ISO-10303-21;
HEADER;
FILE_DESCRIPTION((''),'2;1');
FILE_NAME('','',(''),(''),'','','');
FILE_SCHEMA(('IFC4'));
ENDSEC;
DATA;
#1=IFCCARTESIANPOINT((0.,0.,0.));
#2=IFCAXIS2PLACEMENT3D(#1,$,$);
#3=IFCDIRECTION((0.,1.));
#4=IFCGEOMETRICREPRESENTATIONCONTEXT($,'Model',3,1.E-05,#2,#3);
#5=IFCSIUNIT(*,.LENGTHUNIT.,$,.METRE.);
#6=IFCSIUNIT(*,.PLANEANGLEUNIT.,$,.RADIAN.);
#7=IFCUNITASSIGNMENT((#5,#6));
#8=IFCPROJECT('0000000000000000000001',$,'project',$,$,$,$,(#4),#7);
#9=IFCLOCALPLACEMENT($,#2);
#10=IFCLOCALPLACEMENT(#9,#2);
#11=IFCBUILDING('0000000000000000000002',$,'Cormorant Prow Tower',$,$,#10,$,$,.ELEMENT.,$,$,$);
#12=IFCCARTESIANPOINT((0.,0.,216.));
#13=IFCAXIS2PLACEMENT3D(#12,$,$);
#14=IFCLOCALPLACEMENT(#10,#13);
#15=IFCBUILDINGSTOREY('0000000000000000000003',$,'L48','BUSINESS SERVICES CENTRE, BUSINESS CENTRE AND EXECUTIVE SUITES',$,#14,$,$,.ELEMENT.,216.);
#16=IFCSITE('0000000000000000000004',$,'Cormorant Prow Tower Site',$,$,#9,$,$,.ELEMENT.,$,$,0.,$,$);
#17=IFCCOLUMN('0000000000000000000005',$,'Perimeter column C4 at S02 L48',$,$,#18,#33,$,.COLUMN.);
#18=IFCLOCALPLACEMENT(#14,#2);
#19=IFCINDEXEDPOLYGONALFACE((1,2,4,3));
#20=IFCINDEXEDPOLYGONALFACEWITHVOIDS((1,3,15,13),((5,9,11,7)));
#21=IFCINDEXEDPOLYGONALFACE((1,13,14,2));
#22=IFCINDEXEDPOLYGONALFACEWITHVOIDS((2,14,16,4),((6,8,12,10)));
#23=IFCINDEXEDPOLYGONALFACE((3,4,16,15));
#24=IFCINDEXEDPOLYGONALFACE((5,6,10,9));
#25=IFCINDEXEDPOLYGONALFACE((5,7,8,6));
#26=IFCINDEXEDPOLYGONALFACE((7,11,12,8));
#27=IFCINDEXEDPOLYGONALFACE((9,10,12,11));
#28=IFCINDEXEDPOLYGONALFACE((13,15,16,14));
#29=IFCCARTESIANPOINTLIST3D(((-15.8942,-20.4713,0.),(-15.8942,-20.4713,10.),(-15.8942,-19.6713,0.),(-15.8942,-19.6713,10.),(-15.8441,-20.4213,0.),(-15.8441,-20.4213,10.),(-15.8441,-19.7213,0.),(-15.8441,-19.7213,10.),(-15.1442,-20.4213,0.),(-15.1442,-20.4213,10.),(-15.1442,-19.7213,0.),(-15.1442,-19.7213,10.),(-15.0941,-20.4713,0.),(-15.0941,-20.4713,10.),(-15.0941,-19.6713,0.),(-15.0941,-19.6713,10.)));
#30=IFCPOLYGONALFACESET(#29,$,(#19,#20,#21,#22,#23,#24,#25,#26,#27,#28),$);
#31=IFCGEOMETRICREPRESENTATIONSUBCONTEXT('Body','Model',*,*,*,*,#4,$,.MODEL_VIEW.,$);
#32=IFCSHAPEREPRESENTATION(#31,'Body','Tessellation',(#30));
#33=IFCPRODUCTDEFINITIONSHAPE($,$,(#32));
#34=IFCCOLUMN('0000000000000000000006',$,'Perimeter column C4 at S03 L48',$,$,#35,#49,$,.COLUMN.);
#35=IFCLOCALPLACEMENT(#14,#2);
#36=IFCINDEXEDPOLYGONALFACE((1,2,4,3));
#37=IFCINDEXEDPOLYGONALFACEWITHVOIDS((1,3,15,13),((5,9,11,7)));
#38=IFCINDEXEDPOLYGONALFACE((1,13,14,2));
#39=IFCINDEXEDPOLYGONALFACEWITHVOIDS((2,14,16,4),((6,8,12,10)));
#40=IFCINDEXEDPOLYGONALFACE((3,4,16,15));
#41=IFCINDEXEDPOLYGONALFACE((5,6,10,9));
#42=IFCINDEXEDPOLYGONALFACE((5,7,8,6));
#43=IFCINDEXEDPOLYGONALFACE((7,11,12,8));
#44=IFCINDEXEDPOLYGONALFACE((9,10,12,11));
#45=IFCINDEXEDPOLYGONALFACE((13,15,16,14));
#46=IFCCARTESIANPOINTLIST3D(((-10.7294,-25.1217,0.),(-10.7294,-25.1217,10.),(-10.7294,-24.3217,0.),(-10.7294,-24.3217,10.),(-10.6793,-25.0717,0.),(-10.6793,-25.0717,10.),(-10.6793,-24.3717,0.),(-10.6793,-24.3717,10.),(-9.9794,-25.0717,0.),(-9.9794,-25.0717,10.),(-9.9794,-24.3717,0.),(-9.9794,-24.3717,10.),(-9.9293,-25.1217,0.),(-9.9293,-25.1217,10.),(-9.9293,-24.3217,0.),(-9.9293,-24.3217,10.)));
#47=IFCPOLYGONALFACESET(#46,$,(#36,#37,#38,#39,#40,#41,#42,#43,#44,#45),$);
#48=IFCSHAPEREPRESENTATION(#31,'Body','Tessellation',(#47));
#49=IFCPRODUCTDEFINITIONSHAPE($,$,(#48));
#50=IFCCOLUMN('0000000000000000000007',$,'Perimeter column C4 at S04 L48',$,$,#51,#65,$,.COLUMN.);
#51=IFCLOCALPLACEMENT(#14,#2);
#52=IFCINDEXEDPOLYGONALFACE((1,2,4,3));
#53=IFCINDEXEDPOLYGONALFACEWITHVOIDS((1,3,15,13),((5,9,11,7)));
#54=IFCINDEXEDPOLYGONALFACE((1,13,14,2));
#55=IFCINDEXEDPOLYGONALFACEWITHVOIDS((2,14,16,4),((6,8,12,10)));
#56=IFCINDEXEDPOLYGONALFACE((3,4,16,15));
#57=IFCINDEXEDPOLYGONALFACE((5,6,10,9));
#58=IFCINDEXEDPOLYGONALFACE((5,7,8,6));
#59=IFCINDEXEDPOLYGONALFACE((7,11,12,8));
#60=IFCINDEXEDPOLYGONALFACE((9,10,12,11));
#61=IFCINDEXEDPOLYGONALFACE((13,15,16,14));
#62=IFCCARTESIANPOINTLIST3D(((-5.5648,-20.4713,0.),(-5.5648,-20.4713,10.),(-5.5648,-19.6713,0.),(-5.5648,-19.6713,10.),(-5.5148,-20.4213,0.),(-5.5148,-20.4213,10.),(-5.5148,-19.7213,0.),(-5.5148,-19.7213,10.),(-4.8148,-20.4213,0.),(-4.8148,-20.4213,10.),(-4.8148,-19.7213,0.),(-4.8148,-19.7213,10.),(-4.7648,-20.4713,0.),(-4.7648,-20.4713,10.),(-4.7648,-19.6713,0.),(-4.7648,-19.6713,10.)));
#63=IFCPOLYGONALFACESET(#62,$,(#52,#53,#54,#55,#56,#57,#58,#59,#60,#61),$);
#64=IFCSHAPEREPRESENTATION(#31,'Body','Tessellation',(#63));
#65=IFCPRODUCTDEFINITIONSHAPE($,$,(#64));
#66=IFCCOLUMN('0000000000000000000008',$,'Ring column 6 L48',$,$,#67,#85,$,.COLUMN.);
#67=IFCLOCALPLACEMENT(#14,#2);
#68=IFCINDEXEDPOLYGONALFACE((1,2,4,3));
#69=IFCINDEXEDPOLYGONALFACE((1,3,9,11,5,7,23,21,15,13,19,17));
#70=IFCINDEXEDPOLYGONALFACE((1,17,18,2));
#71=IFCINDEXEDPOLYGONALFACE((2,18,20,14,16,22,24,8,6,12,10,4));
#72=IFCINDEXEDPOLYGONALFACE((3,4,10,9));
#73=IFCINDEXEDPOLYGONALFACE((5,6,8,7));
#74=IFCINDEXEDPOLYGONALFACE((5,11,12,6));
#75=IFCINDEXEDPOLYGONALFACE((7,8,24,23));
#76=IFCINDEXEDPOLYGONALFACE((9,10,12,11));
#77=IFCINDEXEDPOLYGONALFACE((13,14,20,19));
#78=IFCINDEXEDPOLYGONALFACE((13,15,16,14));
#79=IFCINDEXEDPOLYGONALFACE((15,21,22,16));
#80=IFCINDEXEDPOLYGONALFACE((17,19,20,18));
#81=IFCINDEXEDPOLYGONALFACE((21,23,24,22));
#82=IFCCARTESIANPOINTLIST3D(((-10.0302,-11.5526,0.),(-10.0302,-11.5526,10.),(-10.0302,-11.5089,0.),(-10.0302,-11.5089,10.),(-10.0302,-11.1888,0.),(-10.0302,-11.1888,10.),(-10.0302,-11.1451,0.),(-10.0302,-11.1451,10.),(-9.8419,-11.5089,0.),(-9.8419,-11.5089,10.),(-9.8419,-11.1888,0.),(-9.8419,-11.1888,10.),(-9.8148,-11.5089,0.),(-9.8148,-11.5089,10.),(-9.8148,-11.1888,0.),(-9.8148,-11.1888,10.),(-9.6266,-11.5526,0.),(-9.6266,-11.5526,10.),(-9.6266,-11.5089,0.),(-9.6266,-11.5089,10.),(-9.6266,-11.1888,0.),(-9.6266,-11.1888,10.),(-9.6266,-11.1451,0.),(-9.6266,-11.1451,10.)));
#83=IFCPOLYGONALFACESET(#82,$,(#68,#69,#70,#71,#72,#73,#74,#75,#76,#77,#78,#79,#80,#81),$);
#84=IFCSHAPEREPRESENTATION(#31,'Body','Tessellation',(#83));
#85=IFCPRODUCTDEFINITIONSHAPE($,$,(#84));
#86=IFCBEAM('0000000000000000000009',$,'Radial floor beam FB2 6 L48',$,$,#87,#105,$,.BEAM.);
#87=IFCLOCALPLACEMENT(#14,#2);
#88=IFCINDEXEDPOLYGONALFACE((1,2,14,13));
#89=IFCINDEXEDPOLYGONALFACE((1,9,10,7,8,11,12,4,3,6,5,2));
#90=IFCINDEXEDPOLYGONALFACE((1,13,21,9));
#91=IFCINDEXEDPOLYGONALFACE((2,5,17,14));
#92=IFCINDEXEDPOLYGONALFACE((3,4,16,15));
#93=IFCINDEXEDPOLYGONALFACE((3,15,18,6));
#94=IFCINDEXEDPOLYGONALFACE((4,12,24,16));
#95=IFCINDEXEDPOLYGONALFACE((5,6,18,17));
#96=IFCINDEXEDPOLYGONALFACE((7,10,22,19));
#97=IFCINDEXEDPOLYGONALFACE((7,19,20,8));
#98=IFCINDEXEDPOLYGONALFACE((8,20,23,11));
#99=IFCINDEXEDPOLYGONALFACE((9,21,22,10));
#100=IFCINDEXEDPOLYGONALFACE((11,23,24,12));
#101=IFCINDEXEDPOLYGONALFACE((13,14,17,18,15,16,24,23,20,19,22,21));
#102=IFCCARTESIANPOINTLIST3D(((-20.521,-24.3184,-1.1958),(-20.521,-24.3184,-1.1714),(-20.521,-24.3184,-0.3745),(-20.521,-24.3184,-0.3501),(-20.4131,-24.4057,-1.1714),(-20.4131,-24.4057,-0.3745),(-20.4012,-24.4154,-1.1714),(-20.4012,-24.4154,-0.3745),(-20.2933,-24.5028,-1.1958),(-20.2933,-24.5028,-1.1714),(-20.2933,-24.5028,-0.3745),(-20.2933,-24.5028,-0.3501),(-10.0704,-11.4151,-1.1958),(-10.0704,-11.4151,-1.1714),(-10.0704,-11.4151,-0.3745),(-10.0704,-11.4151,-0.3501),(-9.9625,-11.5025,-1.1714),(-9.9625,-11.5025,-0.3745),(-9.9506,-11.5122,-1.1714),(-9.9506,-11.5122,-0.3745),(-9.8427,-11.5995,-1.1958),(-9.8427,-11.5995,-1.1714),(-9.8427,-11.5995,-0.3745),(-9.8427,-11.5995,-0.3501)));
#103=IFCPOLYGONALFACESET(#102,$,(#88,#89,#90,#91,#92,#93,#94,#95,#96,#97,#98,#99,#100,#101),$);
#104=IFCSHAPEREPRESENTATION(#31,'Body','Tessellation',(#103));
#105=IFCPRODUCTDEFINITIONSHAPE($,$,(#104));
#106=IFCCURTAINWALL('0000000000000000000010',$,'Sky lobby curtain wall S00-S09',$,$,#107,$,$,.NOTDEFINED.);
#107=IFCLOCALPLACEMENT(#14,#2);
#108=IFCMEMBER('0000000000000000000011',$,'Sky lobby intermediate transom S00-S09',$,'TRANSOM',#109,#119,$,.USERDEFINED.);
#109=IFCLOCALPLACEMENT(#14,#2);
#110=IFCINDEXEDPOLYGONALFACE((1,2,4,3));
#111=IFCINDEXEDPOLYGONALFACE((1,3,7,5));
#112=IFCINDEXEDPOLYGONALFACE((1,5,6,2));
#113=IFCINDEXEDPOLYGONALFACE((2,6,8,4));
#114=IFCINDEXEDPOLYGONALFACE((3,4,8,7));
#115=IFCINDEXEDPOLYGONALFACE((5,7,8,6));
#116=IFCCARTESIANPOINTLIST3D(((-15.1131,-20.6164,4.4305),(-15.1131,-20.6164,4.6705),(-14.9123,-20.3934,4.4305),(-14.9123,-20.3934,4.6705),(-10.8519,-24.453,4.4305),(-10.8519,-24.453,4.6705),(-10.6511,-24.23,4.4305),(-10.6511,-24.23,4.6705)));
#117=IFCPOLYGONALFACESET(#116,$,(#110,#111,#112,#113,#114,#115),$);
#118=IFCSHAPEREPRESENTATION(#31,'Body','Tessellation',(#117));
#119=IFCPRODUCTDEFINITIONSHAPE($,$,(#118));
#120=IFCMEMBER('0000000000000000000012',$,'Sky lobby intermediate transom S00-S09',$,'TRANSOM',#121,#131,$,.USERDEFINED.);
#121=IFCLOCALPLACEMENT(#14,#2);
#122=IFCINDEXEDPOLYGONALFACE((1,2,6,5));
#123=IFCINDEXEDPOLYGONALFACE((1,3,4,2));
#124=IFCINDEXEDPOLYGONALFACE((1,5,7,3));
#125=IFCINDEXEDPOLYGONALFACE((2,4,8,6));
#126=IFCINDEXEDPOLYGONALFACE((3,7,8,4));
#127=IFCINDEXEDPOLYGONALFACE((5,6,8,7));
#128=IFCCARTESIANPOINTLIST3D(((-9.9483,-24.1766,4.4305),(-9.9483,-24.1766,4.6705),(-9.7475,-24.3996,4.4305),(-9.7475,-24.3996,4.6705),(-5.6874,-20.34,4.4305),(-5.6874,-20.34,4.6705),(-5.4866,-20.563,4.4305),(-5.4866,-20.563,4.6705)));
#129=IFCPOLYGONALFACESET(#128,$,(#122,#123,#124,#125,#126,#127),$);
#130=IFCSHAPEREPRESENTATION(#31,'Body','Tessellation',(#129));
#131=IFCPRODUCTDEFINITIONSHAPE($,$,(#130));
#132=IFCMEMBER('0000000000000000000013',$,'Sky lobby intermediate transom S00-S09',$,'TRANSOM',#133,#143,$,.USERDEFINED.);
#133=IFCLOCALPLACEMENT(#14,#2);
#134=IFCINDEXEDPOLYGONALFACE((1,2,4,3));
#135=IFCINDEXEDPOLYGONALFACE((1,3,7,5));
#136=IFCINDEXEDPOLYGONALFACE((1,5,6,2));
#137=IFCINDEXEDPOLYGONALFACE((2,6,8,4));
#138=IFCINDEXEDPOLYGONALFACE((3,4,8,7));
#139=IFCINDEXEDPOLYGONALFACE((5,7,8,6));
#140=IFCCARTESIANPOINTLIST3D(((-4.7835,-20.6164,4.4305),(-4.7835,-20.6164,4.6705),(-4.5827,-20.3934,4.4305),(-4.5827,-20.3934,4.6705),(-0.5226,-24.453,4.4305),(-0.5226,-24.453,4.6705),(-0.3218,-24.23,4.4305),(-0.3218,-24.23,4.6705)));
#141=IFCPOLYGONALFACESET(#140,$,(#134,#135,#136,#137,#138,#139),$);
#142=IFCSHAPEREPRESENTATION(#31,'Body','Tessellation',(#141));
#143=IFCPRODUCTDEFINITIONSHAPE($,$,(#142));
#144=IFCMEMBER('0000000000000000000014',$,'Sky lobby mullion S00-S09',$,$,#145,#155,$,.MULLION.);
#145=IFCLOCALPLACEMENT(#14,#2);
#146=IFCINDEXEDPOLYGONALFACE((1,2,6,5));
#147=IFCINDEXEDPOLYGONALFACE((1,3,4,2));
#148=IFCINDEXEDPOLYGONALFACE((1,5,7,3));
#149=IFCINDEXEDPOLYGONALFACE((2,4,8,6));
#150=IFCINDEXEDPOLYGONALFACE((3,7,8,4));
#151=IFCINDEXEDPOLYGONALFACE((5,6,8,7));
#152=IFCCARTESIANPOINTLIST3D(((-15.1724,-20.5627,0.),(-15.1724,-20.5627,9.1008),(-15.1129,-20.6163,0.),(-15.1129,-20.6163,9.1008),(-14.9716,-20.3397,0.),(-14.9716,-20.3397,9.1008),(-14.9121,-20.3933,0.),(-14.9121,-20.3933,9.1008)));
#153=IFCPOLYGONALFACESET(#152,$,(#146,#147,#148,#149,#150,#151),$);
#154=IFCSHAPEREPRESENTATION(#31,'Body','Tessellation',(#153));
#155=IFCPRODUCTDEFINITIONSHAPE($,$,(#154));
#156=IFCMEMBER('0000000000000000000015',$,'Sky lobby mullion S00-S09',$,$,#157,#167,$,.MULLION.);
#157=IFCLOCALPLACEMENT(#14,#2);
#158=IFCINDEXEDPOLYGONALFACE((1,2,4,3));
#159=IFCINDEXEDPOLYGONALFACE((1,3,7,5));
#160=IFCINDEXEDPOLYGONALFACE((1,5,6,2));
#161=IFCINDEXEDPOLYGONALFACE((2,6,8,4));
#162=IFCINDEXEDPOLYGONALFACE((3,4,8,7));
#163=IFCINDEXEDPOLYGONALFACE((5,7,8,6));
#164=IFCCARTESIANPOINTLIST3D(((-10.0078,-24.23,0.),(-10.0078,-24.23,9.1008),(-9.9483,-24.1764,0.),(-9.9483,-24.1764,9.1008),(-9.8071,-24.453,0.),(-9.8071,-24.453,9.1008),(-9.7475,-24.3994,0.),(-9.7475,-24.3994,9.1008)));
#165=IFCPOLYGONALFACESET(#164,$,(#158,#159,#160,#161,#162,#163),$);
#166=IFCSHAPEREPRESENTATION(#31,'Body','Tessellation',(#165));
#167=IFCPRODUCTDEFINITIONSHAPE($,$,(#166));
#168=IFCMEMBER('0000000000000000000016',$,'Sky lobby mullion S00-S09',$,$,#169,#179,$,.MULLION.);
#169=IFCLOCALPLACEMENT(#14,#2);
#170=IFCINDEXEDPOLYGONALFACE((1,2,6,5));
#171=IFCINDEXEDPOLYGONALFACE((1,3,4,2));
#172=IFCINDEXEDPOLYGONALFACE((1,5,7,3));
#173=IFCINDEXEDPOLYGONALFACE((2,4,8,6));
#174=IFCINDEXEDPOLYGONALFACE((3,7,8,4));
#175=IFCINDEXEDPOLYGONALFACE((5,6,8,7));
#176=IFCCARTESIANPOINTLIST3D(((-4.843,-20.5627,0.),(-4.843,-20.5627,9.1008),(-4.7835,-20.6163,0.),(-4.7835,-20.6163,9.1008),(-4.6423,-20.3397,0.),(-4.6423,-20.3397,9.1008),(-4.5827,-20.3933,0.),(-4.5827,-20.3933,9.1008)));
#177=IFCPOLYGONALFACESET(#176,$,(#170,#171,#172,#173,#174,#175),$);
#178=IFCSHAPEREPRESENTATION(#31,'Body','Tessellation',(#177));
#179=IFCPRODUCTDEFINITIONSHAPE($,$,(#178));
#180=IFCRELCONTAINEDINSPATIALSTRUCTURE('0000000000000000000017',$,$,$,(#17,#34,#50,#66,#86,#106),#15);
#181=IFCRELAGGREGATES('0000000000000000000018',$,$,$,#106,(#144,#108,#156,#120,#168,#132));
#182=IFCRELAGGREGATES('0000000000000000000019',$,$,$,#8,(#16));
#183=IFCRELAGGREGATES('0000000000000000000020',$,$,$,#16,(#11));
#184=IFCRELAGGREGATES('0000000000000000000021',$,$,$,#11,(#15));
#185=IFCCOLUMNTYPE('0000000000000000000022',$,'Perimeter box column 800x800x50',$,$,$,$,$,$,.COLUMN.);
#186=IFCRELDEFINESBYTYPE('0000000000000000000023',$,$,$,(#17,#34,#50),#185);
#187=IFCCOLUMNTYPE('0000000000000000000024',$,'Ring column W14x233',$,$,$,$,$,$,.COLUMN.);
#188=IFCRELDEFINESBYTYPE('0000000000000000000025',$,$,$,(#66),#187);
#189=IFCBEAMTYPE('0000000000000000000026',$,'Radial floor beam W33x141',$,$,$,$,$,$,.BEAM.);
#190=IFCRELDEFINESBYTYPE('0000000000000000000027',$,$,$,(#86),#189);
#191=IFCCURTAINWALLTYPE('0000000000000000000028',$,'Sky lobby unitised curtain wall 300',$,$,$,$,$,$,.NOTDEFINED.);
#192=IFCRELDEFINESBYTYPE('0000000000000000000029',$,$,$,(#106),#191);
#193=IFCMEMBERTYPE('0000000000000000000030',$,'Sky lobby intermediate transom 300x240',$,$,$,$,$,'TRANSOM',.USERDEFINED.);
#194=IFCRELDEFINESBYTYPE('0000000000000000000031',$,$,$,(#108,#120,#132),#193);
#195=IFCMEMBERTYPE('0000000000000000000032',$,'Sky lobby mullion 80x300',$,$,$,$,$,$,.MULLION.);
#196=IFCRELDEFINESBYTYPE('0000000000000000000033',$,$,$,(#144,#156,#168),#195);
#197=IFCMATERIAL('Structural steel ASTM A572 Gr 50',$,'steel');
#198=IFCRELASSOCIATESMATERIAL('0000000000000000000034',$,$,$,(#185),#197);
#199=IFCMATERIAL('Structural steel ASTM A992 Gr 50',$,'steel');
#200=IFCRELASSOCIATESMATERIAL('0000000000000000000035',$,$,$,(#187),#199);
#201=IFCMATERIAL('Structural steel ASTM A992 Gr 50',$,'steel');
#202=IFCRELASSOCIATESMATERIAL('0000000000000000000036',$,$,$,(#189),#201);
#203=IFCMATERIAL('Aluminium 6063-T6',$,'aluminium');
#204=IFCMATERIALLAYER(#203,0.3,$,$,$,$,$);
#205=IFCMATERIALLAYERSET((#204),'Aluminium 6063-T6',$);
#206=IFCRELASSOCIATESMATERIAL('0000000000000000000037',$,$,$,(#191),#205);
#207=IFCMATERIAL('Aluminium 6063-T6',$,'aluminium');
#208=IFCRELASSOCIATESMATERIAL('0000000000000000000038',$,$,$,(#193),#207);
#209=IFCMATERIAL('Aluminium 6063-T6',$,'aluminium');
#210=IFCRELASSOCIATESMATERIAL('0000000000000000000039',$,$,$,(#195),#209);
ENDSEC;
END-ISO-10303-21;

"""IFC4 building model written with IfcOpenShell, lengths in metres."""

from ifc_helpers import new_model, si_unit, direction, frame, origin, origin_2d, place, context, subcontext, project, spatial, rectangle, hollow_rectangle, i_section, extrude, material, layer, layer_set, material_profile, profile_set, type_object, element, aggregate, save


model = new_model("IFC4")

# Units and contexts
model_context = context("Model", 3, precision=1e-05, world=origin(), true_north=direction((0.0, 1.0)))
body_context = subcontext(model_context, "Body", "Model", "MODEL_VIEW")
ifc_project = project(units=[si_unit("LENGTHUNIT", "METRE"), si_unit("PLANEANGLEUNIT", "RADIAN")], contexts=[model_context])

# Site, building, storey
site_placement = place(None, origin())
site = spatial("IfcSite", under=ifc_project, at=site_placement, Name="Cormorant Prow Tower Site", CompositionType="ELEMENT", RefElevation=0.0)
building_placement = place(site_placement, origin())
building = spatial("IfcBuilding", under=site, at=building_placement, Name="Cormorant Prow Tower", CompositionType="ELEMENT")
storey_placement = place(building_placement, frame((0.0, 0.0, 216.0)))
storey = spatial("IfcBuildingStorey", under=building, at=storey_placement, Name="L48", Description="BUSINESS SERVICES CENTRE, BUSINESS CENTRE AND EXECUTIVE SUITES", CompositionType="ELEMENT", Elevation=216.0)

# Columns
ifc_material_1 = material(Name="Structural steel ASTM A572 Gr 50", Category="steel")
ifc_material_profile_1 = material_profile(ifc_material_1, hollow_rectangle(XDim=0.8, YDim=0.8, WallThickness=0.05, at=origin_2d()), Name="Box 800x800x50")
ifc_profile_set_1 = profile_set([ifc_material_profile_1], Name="Structural steel ASTM A572 Gr 50")
column_type_1 = type_object("IfcColumnType", Name="Perimeter box column 800x800x50", PredefinedType="COLUMN", material=ifc_profile_set_1)
for number, where, z_axis, x_axis, name in (
    (1, (-15.4941, -20.0713, 0.0), (0.0, 0.0, 1.0), (1.0, 0.0, 0.0), "Perimeter column C4 at S02 L48"),
    (2, (-10.3293, -24.7217, 0.0), (0.0, 0.0, 1.0), (1.0, 0.0, 0.0), "Perimeter column C4 at S03 L48"),
    (3, (-5.1648, -20.0713, 0.0), (0.0, 0.0, 1.0), (1.0, 0.0, 0.0), "Perimeter column C4 at S04 L48"),
):
    element("IfcColumn", number, at=place(storey_placement, frame(where, z_axis=z_axis, x_axis=x_axis)), inside=storey, type_object=column_type_1, Name=name, PredefinedType="COLUMN", context=body_context, shape_type="SweptSolid", body=[
        extrude(hollow_rectangle(XDim=0.8, YDim=0.8, WallThickness=0.05, at=origin_2d()), origin(), (0.0, 0.0, 1.0), 10.0),
    ])
ifc_material_2 = material(Name="Structural steel ASTM A992 Gr 50", Category="steel")
ifc_material_profile_2 = material_profile(ifc_material_2, i_section(OverallWidth=0.4036, OverallDepth=0.4075, WebThickness=0.0271, FlangeThickness=0.0437, at=origin_2d()), Name="W14x233")
ifc_profile_set_2 = profile_set([ifc_material_profile_2], Name="Structural steel ASTM A992 Gr 50")
column_type_2 = type_object("IfcColumnType", Name="Ring column W14x233", PredefinedType="COLUMN", material=ifc_profile_set_2)
column_placement = place(storey_placement, frame((-9.8284, -11.3489, 0.0), z_axis=(0.0, 0.0, 1.0), x_axis=(1.0, 0.0, 0.0)))
element("IfcColumn", 4, at=column_placement, inside=storey, type_object=column_type_2, Name="Ring column 6 L48", PredefinedType="COLUMN", context=body_context, shape_type="SweptSolid", body=[
    extrude(i_section(OverallWidth=0.4036, OverallDepth=0.4075, WebThickness=0.0271, FlangeThickness=0.0437, at=origin_2d()), origin(), (0.0, 0.0, 1.0), 10.0),
])

# Beam
ifc_material_3 = material(Name="Structural steel ASTM A992 Gr 50", Category="steel")
ifc_material_profile_3 = material_profile(ifc_material_3, i_section(OverallWidth=0.293, OverallDepth=0.8457, WebThickness=0.0154, FlangeThickness=0.0244, at=origin_2d()), Name="W33x141")
ifc_profile_set_3 = profile_set([ifc_material_profile_3], Name="Structural steel ASTM A992 Gr 50")
beam_type_1 = type_object("IfcBeamType", Name="Radial floor beam W33x141", PredefinedType="BEAM", material=ifc_profile_set_3)
beam_1_placement = place(storey_placement, frame((-9.9565, -11.5073, -0.7729), z_axis=(-0.629385, -0.777094, 0.0), x_axis=(0.777094, -0.629385, 0.0)))
element("IfcBeam", 5, at=beam_1_placement, inside=storey, type_object=beam_type_1, Name="Radial floor beam FB2 6 L48", PredefinedType="BEAM", context=body_context, shape_type="SweptSolid", body=[
    extrude(i_section(OverallWidth=0.293, OverallDepth=0.8457, WebThickness=0.0154, FlangeThickness=0.0244, at=origin_2d()), origin(), (0.0, 0.0, 1.0), 16.6045),
])

# Curtain wall, members
ifc_material_4 = material(Name="Aluminium 6063-T6", Category="aluminium")
ifc_layer_1 = layer(ifc_material_4, 0.3)
ifc_layer_set_1 = layer_set([ifc_layer_1], Name="Aluminium 6063-T6")
curtain_wall_type = type_object("IfcCurtainWallType", Name="Sky lobby unitised curtain wall 300", PredefinedType="NOTDEFINED", material=ifc_layer_set_1)
curtain_wall_placement = place(storey_placement, origin())
curtain_wall = element("IfcCurtainWall", 6, at=curtain_wall_placement, inside=storey, type_object=curtain_wall_type, Name="Sky lobby curtain wall S00-S09", PredefinedType="NOTDEFINED")
ifc_material_5 = material(Name="Aluminium 6063-T6", Category="aluminium")
ifc_material_profile_4 = material_profile(ifc_material_5, rectangle(XDim=0.3, YDim=0.24, at=origin_2d()), Name="Sky lobby intermediate transom 300x240")
ifc_profile_set_4 = profile_set([ifc_material_profile_4], Name="Aluminium 6063-T6")
member_type_1 = type_object("IfcMemberType", Name="Sky lobby intermediate transom 300x240", ElementType="TRANSOM", PredefinedType="USERDEFINED", material=ifc_profile_set_4)
member_1_placement = place(storey_placement, frame((-15.0127, -20.5049, 4.5505), z_axis=(0.743159, -0.669115, 0.0), x_axis=(0.669115, 0.743159, 0.0)))
member_1 = element("IfcMember", 7, at=member_1_placement, type_object=member_type_1, Name="Sky lobby intermediate transom S00-S09", ObjectType="TRANSOM", PredefinedType="USERDEFINED", context=body_context, shape_type="SweptSolid", body=[
    extrude(rectangle(XDim=0.3, YDim=0.24, at=origin_2d()), origin(), (0.0, 0.0, 1.0), 5.7339),
])
member_2_placement = place(storey_placement, frame((-9.8479, -24.2881, 4.5505), z_axis=(0.74314, 0.669136, 0.0), x_axis=(-0.669136, 0.74314, 0.0)))
member_2 = element("IfcMember", 8, at=member_2_placement, type_object=member_type_1, Name="Sky lobby intermediate transom S00-S09", ObjectType="TRANSOM", PredefinedType="USERDEFINED", context=body_context, shape_type="SweptSolid", body=[
    extrude(rectangle(XDim=0.3, YDim=0.24, at=origin_2d()), origin(), (0.0, 0.0, 1.0), 5.7336),
])
member_3_placement = place(storey_placement, frame((-4.6831, -20.5049, 4.5505), z_axis=(0.74314, -0.669136, 0.0), x_axis=(0.669136, 0.74314, 0.0)))
member_3 = element("IfcMember", 9, at=member_3_placement, type_object=member_type_1, Name="Sky lobby intermediate transom S00-S09", ObjectType="TRANSOM", PredefinedType="USERDEFINED", context=body_context, shape_type="SweptSolid", body=[
    extrude(rectangle(XDim=0.3, YDim=0.24, at=origin_2d()), origin(), (0.0, 0.0, 1.0), 5.7336),
])
ifc_material_6 = material(Name="Aluminium 6063-T6", Category="aluminium")
ifc_material_profile_5 = material_profile(ifc_material_6, rectangle(XDim=0.3, YDim=0.0801, at=origin_2d()), Name="Sky lobby mullion 80x300")
ifc_profile_set_5 = profile_set([ifc_material_profile_5], Name="Aluminium 6063-T6")
member_type_2 = type_object("IfcMemberType", Name="Sky lobby mullion 80x300", PredefinedType="MULLION", material=ifc_profile_set_5)
member_4_placement = place(storey_placement, frame((-15.0422, -20.478, 0.0), z_axis=(0.0, 0.0, 1.0), x_axis=(0.669131, 0.743145, 0.0)))
member_4 = element("IfcMember", 10, at=member_4_placement, type_object=member_type_2, Name="Sky lobby mullion S00-S09", PredefinedType="MULLION", context=body_context, shape_type="SweptSolid", body=[
    extrude(rectangle(XDim=0.3, YDim=0.0801, at=origin_2d()), origin(), (0.0, 0.0, 1.0), 9.1008),
])
member_5_placement = place(storey_placement, frame((-9.8777, -24.3147, 0.0), z_axis=(0.0, 0.0, 1.0), x_axis=(-0.669131, 0.743145, 0.0)))
member_5 = element("IfcMember", 11, at=member_5_placement, type_object=member_type_2, Name="Sky lobby mullion S00-S09", PredefinedType="MULLION", context=body_context, shape_type="SweptSolid", body=[
    extrude(rectangle(XDim=0.3, YDim=0.0801, at=origin_2d()), origin(), (0.0, 0.0, 1.0), 9.1008),
])
member_6_placement = place(storey_placement, frame((-4.7129, -20.478, 0.0), z_axis=(0.0, 0.0, 1.0), x_axis=(0.669131, 0.743145, 0.0)))
member_6 = element("IfcMember", 12, at=member_6_placement, type_object=member_type_2, Name="Sky lobby mullion S00-S09", PredefinedType="MULLION", context=body_context, shape_type="SweptSolid", body=[
    extrude(rectangle(XDim=0.3, YDim=0.0801, at=origin_2d()), origin(), (0.0, 0.0, 1.0), 9.1008),
])

aggregate(curtain_wall, [member_4, member_1, member_5, member_2, member_6, member_3])

save(model, "model.ifc")
